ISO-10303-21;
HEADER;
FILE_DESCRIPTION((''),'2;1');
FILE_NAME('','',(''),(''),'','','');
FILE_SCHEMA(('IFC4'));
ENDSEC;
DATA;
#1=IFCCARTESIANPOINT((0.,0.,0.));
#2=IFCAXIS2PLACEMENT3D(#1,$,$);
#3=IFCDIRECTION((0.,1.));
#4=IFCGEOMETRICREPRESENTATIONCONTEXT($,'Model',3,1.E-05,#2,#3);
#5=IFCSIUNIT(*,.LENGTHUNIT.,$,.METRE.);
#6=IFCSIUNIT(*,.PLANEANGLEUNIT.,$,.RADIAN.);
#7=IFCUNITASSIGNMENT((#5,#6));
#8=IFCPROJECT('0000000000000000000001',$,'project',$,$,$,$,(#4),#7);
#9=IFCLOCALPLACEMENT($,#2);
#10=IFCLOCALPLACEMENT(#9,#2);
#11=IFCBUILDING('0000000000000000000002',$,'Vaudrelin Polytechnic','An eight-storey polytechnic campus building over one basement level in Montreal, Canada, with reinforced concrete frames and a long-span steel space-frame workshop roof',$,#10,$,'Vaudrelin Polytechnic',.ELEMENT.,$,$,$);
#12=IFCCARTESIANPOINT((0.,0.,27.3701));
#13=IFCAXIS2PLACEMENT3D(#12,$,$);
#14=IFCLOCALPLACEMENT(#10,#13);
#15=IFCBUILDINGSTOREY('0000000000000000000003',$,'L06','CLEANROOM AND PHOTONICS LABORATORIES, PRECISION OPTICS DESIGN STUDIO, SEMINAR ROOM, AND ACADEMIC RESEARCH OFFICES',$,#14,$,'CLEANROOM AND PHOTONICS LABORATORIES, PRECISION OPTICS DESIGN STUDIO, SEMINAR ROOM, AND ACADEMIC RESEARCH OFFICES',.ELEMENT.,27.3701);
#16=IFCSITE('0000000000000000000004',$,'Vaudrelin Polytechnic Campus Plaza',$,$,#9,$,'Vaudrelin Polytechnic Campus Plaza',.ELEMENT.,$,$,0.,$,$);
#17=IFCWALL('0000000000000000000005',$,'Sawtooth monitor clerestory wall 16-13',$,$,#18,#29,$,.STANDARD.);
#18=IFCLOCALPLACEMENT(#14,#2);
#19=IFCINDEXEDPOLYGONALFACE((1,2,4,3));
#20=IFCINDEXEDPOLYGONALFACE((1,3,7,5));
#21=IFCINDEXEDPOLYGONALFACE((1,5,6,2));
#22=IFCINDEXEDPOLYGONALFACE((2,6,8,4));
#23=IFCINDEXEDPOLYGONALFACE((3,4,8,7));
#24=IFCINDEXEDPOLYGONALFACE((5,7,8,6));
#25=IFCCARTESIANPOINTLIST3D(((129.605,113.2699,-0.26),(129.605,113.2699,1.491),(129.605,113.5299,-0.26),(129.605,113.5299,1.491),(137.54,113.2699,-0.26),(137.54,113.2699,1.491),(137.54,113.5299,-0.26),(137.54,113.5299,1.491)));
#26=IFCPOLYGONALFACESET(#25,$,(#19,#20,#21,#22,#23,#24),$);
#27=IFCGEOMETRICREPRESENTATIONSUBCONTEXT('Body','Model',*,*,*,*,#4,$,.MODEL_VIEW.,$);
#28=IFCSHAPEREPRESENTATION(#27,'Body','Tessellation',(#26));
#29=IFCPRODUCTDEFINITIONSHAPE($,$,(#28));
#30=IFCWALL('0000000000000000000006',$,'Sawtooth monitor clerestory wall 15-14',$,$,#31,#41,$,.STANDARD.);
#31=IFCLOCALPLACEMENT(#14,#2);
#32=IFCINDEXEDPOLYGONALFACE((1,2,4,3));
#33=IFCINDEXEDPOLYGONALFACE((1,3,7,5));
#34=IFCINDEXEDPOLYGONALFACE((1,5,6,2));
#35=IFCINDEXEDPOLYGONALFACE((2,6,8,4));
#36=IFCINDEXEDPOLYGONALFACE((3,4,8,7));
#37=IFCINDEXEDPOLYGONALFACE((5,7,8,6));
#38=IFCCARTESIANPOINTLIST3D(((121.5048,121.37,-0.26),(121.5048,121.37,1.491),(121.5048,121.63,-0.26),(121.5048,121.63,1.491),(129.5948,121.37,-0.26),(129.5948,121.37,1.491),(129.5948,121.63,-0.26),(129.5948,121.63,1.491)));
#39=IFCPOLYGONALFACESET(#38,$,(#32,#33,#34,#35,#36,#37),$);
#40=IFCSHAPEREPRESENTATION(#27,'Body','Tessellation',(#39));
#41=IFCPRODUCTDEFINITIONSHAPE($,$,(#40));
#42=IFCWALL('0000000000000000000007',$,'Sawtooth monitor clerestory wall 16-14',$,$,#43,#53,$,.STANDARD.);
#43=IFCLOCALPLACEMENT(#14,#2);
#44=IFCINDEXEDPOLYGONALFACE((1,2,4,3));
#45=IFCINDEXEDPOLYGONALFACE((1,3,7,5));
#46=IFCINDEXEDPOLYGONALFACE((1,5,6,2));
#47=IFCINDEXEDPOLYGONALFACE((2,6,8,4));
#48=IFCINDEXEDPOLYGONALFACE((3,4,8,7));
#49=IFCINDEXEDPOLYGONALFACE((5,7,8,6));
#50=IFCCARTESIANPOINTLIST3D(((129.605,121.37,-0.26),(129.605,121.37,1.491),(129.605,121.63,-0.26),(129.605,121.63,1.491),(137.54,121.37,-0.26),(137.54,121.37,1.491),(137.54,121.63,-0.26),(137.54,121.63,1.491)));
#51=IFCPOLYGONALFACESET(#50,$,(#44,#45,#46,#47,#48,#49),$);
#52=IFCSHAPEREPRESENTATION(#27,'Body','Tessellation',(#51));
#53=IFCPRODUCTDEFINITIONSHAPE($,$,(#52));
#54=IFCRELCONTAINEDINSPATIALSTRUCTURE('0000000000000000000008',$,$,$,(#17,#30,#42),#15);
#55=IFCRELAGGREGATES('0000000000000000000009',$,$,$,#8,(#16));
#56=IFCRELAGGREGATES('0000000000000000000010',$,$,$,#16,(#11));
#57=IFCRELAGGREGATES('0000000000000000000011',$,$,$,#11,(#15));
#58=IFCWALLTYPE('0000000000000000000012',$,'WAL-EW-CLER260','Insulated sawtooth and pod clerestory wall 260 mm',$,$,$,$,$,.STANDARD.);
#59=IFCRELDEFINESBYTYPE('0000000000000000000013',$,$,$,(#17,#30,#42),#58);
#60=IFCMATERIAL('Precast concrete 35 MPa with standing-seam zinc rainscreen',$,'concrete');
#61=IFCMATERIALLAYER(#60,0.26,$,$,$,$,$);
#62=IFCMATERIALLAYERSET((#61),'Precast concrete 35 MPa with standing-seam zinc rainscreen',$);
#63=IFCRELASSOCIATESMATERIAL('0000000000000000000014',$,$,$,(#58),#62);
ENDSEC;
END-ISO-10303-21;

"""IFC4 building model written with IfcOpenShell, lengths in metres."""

from ifc_helpers import new_model, si_unit, direction, frame, frame_2d, origin, place, context, subcontext, project, spatial, rectangle, extrude, material, layer, layer_set, type_object, element, save


model = new_model("IFC4")

# Units and contexts
model_context = context("Model", 3, precision=1e-05, world=origin(), true_north=direction((0.0, 1.0)))
body_context = subcontext(model_context, "Body", "Model", "MODEL_VIEW")
ifc_project = project(units=[si_unit("LENGTHUNIT", "METRE"), si_unit("PLANEANGLEUNIT", "RADIAN")], contexts=[model_context])

# Site, building, storey
site_placement = place(None, origin())
site = spatial("IfcSite", under=ifc_project, at=site_placement, Name="Vaudrelin Polytechnic Campus Plaza", LongName="Vaudrelin Polytechnic Campus Plaza", CompositionType="ELEMENT", RefElevation=0.0)
building_placement = place(site_placement, origin())
building = spatial("IfcBuilding", under=site, at=building_placement, Name="Vaudrelin Polytechnic", Description="An eight-storey polytechnic campus building over one basement level in Montreal, Canada, with reinforced concrete frames and a long-span steel space-frame workshop roof", LongName="Vaudrelin Polytechnic", CompositionType="ELEMENT")
storey_placement = place(building_placement, frame((0.0, 0.0, 27.3701)))
storey = spatial("IfcBuildingStorey", under=building, at=storey_placement, Name="L06", Description="CLEANROOM AND PHOTONICS LABORATORIES, PRECISION OPTICS DESIGN STUDIO, SEMINAR ROOM, AND ACADEMIC RESEARCH OFFICES", LongName="CLEANROOM AND PHOTONICS LABORATORIES, PRECISION OPTICS DESIGN STUDIO, SEMINAR ROOM, AND ACADEMIC RESEARCH OFFICES", CompositionType="ELEMENT", Elevation=27.3701)

# Walls
ifc_material_1 = material(Name="Precast concrete 35 MPa with standing-seam zinc rainscreen", Category="concrete")
ifc_layer_1 = layer(ifc_material_1, 0.26)
ifc_layer_set_1 = layer_set([ifc_layer_1], Name="Precast concrete 35 MPa with standing-seam zinc rainscreen")
wall_type = type_object("IfcWallType", Name="WAL-EW-CLER260", Description="Insulated sawtooth and pod clerestory wall 260 mm", PredefinedType="STANDARD", material=ifc_layer_set_1)
wall_1_placement = place(storey_placement, frame((129.605, 113.3999, -0.26), z_axis=(0.0, 0.0, 1.0), x_axis=(1.0, 0.0, 0.0)))
element("IfcWall", 1, at=wall_1_placement, inside=storey, type_object=wall_type, Name="Sawtooth monitor clerestory wall 16-13", PredefinedType="STANDARD", context=body_context, shape_type="SweptSolid", body=[
    extrude(rectangle(XDim=7.9351, YDim=0.26, at=frame_2d((3.9675, 0.0))), origin(), (0.0, 0.0, 1.0), 1.751),
])
wall_2_placement = place(storey_placement, frame((121.5049, 121.5, -0.26), z_axis=(0.0, 0.0, 1.0), x_axis=(1.0, 0.0, 0.0)))
element("IfcWall", 2, at=wall_2_placement, inside=storey, type_object=wall_type, Name="Sawtooth monitor clerestory wall 15-14", PredefinedType="STANDARD", context=body_context, shape_type="SweptSolid", body=[
    extrude(rectangle(XDim=8.0901, YDim=0.26, at=frame_2d((4.0449, 0.0))), origin(), (0.0, 0.0, 1.0), 1.751),
])
wall_3_placement = place(storey_placement, frame((129.605, 121.5, -0.26), z_axis=(0.0, 0.0, 1.0), x_axis=(1.0, 0.0, 0.0)))
element("IfcWall", 3, at=wall_3_placement, inside=storey, type_object=wall_type, Name="Sawtooth monitor clerestory wall 16-14", PredefinedType="STANDARD", context=body_context, shape_type="SweptSolid", body=[
    extrude(rectangle(XDim=7.9351, YDim=0.26, at=frame_2d((3.9675, 0.0))), origin(), (0.0, 0.0, 1.0), 1.751),
])

save(model, "model.ifc")
